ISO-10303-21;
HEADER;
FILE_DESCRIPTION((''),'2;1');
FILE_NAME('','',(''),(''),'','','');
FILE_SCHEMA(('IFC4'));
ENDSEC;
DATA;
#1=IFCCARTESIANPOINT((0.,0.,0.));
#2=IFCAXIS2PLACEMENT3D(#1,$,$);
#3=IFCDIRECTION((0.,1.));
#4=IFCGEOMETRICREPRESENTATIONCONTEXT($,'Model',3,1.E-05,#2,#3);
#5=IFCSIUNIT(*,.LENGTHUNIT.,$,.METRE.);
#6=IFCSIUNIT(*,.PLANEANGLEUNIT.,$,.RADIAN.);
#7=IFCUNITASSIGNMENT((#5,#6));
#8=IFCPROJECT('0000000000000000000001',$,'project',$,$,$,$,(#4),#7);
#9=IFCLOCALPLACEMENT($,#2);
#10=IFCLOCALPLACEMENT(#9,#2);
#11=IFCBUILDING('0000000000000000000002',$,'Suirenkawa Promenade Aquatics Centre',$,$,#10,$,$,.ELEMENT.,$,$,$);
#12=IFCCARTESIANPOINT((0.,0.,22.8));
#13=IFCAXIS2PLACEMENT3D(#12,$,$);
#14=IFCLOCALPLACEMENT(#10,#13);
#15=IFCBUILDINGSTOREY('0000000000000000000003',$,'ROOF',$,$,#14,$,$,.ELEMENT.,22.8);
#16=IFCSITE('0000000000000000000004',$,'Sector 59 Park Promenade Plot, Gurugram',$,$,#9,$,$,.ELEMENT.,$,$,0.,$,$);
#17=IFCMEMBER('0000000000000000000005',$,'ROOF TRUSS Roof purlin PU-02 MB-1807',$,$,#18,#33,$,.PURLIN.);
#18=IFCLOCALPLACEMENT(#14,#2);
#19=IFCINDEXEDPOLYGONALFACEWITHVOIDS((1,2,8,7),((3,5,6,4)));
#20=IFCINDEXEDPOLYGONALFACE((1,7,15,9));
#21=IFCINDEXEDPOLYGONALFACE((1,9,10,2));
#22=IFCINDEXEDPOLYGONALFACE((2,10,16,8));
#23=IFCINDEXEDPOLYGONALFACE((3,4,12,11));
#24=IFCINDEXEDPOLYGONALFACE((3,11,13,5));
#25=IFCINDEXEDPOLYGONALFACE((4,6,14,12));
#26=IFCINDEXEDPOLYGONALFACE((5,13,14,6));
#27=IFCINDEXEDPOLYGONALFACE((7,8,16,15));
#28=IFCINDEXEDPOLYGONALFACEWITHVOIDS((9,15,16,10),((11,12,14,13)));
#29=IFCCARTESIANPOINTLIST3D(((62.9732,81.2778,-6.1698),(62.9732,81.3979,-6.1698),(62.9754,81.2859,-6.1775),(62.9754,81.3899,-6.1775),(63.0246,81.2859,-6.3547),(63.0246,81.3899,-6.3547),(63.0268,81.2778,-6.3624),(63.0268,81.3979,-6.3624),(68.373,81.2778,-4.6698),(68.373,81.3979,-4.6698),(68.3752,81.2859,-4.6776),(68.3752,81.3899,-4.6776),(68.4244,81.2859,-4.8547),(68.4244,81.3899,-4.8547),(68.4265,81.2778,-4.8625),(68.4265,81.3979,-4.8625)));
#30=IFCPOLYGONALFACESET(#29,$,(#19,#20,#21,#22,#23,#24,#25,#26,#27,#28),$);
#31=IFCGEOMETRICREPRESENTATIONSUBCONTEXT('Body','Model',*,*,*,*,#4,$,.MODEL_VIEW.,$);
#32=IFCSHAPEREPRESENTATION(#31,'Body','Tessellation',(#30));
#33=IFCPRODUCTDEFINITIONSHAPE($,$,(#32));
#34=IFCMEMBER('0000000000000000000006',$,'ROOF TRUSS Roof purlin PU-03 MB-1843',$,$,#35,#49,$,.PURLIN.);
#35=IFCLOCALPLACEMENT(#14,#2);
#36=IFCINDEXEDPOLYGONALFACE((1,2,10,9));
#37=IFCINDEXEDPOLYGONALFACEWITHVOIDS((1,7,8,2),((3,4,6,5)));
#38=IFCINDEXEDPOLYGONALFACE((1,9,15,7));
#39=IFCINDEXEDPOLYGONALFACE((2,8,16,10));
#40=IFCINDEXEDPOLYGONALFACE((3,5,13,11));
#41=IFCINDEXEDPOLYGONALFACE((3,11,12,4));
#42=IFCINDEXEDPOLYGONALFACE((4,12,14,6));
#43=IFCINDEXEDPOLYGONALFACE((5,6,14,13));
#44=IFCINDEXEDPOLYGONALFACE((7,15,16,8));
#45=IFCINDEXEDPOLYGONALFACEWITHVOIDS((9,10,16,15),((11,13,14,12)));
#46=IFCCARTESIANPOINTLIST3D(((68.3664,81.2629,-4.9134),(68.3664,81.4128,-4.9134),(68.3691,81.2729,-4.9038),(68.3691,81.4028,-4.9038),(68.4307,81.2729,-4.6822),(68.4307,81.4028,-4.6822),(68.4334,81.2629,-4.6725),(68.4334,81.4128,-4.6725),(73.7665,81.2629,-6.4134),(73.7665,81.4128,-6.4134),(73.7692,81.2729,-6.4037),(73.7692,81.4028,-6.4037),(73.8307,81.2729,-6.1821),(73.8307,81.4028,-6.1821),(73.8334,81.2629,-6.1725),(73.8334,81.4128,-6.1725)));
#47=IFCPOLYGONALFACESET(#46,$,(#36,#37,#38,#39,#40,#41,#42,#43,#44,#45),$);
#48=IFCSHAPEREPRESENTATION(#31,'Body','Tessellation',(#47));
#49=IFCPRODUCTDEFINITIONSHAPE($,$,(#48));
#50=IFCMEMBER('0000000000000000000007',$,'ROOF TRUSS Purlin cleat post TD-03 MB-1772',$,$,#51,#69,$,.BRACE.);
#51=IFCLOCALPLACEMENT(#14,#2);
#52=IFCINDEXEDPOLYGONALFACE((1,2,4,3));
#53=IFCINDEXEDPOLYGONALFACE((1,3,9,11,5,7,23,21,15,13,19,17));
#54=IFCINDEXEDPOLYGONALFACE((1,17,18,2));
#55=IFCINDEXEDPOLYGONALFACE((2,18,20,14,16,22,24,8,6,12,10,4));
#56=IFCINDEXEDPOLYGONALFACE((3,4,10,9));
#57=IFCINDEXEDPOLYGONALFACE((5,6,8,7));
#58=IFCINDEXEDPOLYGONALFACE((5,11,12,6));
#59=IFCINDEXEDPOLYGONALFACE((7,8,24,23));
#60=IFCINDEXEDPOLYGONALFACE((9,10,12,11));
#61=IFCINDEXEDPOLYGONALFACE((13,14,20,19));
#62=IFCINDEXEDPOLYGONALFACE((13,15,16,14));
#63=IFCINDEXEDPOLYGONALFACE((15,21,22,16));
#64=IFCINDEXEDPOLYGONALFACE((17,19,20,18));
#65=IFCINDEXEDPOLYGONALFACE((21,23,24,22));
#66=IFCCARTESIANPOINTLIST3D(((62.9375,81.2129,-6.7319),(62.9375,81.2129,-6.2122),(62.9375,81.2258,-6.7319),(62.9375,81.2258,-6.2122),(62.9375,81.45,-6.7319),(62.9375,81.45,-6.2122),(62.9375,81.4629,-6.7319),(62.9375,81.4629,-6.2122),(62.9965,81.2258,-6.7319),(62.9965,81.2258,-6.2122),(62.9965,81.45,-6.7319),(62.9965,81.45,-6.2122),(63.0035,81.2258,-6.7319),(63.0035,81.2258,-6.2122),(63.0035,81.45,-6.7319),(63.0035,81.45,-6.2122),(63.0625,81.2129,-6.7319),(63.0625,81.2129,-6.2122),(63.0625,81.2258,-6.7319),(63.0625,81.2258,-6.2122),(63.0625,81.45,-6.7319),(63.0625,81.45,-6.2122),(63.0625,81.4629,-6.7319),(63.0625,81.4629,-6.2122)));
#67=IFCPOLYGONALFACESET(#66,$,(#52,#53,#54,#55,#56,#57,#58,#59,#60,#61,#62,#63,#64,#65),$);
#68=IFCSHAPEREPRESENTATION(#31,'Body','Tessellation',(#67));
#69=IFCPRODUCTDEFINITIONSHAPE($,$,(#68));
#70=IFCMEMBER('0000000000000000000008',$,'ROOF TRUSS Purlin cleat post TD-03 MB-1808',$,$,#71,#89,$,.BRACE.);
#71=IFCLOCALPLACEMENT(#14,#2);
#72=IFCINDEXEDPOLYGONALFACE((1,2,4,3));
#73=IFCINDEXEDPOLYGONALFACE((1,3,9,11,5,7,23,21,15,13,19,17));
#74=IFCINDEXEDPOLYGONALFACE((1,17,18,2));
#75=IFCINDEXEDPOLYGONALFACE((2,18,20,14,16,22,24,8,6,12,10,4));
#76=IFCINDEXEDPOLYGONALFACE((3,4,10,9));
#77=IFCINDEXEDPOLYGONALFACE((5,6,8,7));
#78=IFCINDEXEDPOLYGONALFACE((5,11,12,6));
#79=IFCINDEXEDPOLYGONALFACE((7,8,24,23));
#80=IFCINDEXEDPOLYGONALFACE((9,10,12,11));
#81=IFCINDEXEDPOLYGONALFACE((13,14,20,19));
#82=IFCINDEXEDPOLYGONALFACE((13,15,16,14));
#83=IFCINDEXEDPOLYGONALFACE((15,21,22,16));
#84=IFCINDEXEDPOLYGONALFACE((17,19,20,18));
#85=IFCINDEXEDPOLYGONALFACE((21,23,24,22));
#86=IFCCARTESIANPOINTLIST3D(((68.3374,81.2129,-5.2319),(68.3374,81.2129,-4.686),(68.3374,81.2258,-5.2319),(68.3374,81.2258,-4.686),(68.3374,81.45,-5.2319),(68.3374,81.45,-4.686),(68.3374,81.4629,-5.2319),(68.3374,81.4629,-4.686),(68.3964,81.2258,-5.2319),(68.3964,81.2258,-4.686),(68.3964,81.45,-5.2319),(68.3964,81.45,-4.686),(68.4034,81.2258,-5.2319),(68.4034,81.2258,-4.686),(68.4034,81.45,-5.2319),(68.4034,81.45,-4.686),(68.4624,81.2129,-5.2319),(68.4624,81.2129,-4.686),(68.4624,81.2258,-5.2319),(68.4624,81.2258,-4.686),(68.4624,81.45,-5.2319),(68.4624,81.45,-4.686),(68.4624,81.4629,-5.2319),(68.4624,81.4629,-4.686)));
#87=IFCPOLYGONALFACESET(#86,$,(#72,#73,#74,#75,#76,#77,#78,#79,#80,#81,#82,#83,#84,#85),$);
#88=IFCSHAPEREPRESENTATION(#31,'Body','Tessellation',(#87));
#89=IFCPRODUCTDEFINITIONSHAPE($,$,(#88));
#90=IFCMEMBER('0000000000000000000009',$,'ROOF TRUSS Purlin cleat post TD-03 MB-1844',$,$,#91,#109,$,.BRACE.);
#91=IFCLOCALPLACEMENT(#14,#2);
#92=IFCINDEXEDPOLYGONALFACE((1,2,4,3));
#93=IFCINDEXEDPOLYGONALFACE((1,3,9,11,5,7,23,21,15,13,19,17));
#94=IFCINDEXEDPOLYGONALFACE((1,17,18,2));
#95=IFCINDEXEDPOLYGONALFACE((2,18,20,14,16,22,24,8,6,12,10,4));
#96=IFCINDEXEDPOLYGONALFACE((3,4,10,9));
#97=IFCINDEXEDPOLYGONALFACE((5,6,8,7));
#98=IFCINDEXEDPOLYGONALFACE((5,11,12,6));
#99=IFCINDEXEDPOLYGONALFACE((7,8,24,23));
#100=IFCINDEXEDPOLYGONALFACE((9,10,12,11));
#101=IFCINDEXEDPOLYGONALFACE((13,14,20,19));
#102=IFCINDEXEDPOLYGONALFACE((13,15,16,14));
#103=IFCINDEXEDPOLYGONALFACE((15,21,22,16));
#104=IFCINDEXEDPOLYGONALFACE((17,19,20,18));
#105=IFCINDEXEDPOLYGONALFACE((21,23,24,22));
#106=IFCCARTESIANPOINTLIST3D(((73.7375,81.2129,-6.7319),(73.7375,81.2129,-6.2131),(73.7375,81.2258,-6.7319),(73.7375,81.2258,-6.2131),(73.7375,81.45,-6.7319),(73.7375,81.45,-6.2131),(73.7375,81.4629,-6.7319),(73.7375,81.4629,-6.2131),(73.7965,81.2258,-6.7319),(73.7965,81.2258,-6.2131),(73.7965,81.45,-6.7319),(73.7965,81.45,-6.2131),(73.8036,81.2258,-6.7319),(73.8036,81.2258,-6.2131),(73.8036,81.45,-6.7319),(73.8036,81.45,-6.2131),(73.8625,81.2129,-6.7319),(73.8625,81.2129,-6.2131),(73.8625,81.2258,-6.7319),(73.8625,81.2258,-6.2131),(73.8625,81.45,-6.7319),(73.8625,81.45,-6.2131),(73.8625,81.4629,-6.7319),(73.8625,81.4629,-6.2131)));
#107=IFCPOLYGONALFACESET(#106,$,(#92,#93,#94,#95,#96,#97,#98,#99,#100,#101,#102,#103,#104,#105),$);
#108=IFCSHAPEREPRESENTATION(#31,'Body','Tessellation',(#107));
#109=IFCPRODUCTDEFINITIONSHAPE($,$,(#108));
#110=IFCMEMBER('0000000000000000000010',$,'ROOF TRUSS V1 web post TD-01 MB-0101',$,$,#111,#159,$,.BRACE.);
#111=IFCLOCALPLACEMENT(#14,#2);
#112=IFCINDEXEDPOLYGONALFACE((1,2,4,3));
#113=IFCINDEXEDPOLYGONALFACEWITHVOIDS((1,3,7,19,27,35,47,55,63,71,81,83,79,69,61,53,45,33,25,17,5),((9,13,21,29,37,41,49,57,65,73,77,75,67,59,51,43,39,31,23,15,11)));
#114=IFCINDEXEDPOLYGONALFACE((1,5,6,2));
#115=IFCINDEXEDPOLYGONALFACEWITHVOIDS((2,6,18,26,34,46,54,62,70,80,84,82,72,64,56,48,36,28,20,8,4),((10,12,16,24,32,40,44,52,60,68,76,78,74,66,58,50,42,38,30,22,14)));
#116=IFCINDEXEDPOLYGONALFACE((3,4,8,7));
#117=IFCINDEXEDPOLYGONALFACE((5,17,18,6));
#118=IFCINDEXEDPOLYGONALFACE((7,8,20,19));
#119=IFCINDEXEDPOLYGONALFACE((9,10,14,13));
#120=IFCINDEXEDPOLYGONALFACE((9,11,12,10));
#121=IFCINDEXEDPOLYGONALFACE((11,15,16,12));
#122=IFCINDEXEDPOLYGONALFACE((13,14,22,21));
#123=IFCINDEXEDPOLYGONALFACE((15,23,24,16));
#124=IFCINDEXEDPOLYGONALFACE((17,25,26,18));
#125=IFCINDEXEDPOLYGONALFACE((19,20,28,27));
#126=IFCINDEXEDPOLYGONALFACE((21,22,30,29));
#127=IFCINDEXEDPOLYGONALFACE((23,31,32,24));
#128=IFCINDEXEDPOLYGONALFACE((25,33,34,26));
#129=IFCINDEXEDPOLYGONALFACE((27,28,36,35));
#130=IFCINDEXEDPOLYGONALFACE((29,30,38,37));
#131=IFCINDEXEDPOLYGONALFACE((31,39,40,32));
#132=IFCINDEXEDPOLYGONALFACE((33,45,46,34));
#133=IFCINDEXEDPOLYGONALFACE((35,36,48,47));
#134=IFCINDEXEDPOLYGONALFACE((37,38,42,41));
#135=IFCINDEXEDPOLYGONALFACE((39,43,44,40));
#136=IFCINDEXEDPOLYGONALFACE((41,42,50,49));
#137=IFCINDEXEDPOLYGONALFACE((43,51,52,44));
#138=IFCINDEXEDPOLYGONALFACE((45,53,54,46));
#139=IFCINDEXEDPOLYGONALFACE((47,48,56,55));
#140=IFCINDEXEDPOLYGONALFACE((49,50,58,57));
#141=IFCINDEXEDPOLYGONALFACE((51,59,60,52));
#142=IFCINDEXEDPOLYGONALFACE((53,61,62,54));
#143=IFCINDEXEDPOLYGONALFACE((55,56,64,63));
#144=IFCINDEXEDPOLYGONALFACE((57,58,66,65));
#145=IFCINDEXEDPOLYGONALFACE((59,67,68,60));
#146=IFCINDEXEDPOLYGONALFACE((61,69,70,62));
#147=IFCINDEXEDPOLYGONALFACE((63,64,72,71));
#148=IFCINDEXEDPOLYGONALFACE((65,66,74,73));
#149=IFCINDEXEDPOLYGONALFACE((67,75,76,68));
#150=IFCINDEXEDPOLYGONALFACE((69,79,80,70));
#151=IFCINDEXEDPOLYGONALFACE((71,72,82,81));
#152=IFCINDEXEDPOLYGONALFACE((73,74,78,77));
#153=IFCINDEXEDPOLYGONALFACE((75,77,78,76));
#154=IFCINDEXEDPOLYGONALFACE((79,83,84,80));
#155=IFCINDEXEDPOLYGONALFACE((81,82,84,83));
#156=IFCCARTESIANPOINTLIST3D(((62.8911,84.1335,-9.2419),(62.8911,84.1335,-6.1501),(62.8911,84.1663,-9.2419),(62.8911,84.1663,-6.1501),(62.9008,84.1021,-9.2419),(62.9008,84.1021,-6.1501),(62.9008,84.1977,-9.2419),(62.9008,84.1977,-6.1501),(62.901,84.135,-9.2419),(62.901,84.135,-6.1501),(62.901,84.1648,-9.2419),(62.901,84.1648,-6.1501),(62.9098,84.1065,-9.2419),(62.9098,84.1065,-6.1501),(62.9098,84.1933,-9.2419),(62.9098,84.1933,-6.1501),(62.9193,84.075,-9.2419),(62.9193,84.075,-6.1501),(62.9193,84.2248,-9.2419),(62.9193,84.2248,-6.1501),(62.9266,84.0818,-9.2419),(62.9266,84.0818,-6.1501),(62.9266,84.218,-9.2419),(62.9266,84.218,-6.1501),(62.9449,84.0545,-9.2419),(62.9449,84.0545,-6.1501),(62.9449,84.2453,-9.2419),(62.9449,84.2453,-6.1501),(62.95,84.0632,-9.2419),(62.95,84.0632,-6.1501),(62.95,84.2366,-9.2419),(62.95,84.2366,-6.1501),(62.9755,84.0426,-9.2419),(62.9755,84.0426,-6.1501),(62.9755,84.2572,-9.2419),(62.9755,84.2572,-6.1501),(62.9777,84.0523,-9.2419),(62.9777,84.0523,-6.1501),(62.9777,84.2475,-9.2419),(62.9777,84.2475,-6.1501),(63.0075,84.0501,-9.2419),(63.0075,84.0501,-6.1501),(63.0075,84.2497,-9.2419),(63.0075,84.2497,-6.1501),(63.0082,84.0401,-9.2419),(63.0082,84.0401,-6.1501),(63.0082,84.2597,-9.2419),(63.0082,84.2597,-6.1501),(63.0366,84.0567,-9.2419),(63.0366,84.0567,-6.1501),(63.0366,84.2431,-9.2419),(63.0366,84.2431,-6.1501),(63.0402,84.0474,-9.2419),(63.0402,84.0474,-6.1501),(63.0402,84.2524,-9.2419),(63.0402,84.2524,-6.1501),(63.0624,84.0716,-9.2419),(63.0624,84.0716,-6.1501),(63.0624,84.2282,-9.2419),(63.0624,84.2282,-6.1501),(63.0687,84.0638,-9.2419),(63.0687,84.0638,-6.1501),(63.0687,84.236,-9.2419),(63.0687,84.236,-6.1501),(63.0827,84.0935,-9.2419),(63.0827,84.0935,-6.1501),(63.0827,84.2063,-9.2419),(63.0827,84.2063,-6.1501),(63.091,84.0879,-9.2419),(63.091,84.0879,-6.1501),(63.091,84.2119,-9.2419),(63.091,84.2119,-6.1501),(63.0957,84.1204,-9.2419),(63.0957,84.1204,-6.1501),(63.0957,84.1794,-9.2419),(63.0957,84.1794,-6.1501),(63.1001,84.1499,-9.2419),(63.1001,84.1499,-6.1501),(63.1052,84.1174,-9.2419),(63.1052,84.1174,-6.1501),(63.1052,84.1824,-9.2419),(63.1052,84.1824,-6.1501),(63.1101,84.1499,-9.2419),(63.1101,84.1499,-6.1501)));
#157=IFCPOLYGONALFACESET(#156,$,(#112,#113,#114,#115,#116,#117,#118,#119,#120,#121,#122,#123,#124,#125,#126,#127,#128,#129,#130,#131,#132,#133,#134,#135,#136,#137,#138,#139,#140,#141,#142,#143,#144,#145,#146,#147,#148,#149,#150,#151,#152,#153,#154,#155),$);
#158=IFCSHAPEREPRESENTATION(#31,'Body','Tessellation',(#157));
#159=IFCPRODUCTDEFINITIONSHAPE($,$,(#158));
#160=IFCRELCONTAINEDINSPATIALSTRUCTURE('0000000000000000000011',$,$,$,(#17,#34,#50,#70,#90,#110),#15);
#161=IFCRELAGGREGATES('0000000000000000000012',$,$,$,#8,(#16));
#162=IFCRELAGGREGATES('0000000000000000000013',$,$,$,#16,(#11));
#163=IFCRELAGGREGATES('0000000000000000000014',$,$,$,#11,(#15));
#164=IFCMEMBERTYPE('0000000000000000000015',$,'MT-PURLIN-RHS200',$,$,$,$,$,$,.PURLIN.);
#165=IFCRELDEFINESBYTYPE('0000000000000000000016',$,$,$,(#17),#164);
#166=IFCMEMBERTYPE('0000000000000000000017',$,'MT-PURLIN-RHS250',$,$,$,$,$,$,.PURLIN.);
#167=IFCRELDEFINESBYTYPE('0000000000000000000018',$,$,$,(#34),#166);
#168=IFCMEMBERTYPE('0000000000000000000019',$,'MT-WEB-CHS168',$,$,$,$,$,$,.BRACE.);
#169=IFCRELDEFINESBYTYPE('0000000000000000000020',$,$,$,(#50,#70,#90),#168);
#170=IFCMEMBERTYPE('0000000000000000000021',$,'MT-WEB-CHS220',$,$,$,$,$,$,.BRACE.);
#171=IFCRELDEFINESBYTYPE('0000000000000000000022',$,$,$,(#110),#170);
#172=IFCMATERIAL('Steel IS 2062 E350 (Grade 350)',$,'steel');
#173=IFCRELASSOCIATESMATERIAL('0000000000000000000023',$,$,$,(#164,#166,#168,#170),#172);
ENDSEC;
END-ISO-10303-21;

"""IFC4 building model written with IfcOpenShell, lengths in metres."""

from ifc_helpers import new_model, si_unit, direction, frame, origin, origin_2d, place, context, subcontext, project, spatial, hollow_rectangle, hollow_circle, i_section, extrude, material, material_profile, profile_set, type_object, element, save


model = new_model("IFC4")

# Units and contexts
model_context = context("Model", 3, precision=1e-05, world=origin(), true_north=direction((0.0, 1.0)))
body_context = subcontext(model_context, "Body", "Model", "MODEL_VIEW")
ifc_project = project(units=[si_unit("LENGTHUNIT", "METRE"), si_unit("PLANEANGLEUNIT", "RADIAN")], contexts=[model_context])

# Site, building, storey
site_placement = place(None, origin())
site = spatial("IfcSite", under=ifc_project, at=site_placement, Name="Sector 59 Park Promenade Plot, Gurugram", CompositionType="ELEMENT", RefElevation=0.0)
building_placement = place(site_placement, origin())
building = spatial("IfcBuilding", under=site, at=building_placement, Name="Suirenkawa Promenade Aquatics Centre", CompositionType="ELEMENT")
storey_placement = place(building_placement, frame((0.0, 0.0, 22.8)))
storey = spatial("IfcBuildingStorey", under=building, at=storey_placement, Name="ROOF", CompositionType="ELEMENT", Elevation=22.8)

# Shared definitions
ifc_material = material(Name="Steel IS 2062 E350 (Grade 350)", Category="steel")

# Members
ifc_material_profile_1 = material_profile(ifc_material, hollow_rectangle(XDim=0.1201, YDim=0.2, WallThickness=0.0081, at=origin_2d()), Name="RHS 200x120x8", Category="steel")
ifc_profile_set_1 = profile_set([ifc_material_profile_1], Name="Steel IS 2062 E350 (Grade 350)")
member_type_1 = type_object("IfcMemberType", Name="MT-PURLIN-RHS200", PredefinedType="PURLIN", material=ifc_profile_set_1)
member_1_placement = place(storey_placement, frame((63.0, 81.3379, -6.2661), z_axis=(0.963517, 0.0, 0.267648), x_axis=(0.0, 1.0, 0.0)))
element("IfcMember", 1, at=member_1_placement, inside=storey, type_object=member_type_1, Name="ROOF TRUSS Roof purlin PU-02 MB-1807", PredefinedType="PURLIN", context=body_context, shape_type="SweptSolid", body=[
    extrude(hollow_rectangle(XDim=0.1201, YDim=0.2, WallThickness=0.0081, at=origin_2d()), origin(), (0.0, 0.0, 1.0), 5.6042),
])
ifc_material_profile_2 = material_profile(ifc_material, hollow_rectangle(XDim=0.1499, YDim=0.25, WallThickness=0.01, at=origin_2d()), Name="RHS 250x150x10", Category="steel")
ifc_profile_set_2 = profile_set([ifc_material_profile_2], Name="Steel IS 2062 E350 (Grade 350)")
member_type_2 = type_object("IfcMemberType", Name="MT-PURLIN-RHS250", PredefinedType="PURLIN", material=ifc_profile_set_2)
member_2_placement = place(storey_placement, frame((68.3999, 81.3379, -4.793), z_axis=(0.96352, 0.0, -0.267637), x_axis=(0.0, 1.0, 0.0)))
element("IfcMember", 2, at=member_2_placement, inside=storey, type_object=member_type_2, Name="ROOF TRUSS Roof purlin PU-03 MB-1843", PredefinedType="PURLIN", context=body_context, shape_type="SweptSolid", body=[
    extrude(hollow_rectangle(XDim=0.1499, YDim=0.25, WallThickness=0.01, at=origin_2d()), origin(), (0.0, 0.0, 1.0), 5.6045),
])
ifc_material_profile_3 = material_profile(ifc_material, i_section(OverallWidth=0.125, OverallDepth=0.25, WebThickness=0.0071, FlangeThickness=0.0129, at=origin_2d()), Name="ISMB 250", Category="steel")
ifc_profile_set_3 = profile_set([ifc_material_profile_3], Name="Steel IS 2062 E350 (Grade 350)")
member_type_3 = type_object("IfcMemberType", Name="MT-WEB-CHS168", PredefinedType="BRACE", material=ifc_profile_set_3)
member_3_placement = place(storey_placement, frame((63.0, 81.3379, -6.7319), z_axis=(0.0, 0.0, 1.0), x_axis=(1.0, 0.0, 0.0)))
element("IfcMember", 3, at=member_3_placement, inside=storey, type_object=member_type_3, Name="ROOF TRUSS Purlin cleat post TD-03 MB-1772", PredefinedType="BRACE", context=body_context, shape_type="SweptSolid", body=[
    extrude(i_section(OverallWidth=0.125, OverallDepth=0.25, WebThickness=0.0071, FlangeThickness=0.0129, at=origin_2d()), origin(), (0.0, 0.0, 1.0), 0.5198),
])
member_4_placement = place(storey_placement, frame((68.3999, 81.3379, -5.2319), z_axis=(0.0, 0.0, 1.0), x_axis=(1.0, 0.0, 0.0)))
element("IfcMember", 4, at=member_4_placement, inside=storey, type_object=member_type_3, Name="ROOF TRUSS Purlin cleat post TD-03 MB-1808", PredefinedType="BRACE", context=body_context, shape_type="SweptSolid", body=[
    extrude(i_section(OverallWidth=0.125, OverallDepth=0.25, WebThickness=0.0071, FlangeThickness=0.0129, at=origin_2d()), origin(), (0.0, 0.0, 1.0), 0.5459),
])
member_5_placement = place(storey_placement, frame((73.8, 81.3379, -6.7319), z_axis=(0.0, 0.0, 1.0), x_axis=(1.0, 0.0, 0.0)))
element("IfcMember", 5, at=member_5_placement, inside=storey, type_object=member_type_3, Name="ROOF TRUSS Purlin cleat post TD-03 MB-1844", PredefinedType="BRACE", context=body_context, shape_type="SweptSolid", body=[
    extrude(i_section(OverallWidth=0.125, OverallDepth=0.25, WebThickness=0.0071, FlangeThickness=0.0129, at=origin_2d()), origin(), (0.0, 0.0, 1.0), 0.5188),
])
ifc_material_profile_4 = material_profile(ifc_material, hollow_circle(Radius=0.1101, WallThickness=0.01, at=origin_2d()), Name="CHS 220x10", Category="steel")
ifc_profile_set_4 = profile_set([ifc_material_profile_4], Name="Steel IS 2062 E350 (Grade 350)")
member_type_4 = type_object("IfcMemberType", Name="MT-WEB-CHS220", PredefinedType="BRACE", material=ifc_profile_set_4)
member_6_placement = place(storey_placement, frame((63.0, 84.1499, -9.2419), z_axis=(0.0, 0.0, 1.0), x_axis=(1.0, 0.0, 0.0)))
element("IfcMember", 6, at=member_6_placement, inside=storey, type_object=member_type_4, Name="ROOF TRUSS V1 web post TD-01 MB-0101", PredefinedType="BRACE", context=body_context, shape_type="SweptSolid", body=[
    extrude(hollow_circle(Radius=0.1101, WallThickness=0.01, at=origin_2d()), origin(), (0.0, 0.0, 1.0), 3.0918),
])

save(model, "model.ifc")
